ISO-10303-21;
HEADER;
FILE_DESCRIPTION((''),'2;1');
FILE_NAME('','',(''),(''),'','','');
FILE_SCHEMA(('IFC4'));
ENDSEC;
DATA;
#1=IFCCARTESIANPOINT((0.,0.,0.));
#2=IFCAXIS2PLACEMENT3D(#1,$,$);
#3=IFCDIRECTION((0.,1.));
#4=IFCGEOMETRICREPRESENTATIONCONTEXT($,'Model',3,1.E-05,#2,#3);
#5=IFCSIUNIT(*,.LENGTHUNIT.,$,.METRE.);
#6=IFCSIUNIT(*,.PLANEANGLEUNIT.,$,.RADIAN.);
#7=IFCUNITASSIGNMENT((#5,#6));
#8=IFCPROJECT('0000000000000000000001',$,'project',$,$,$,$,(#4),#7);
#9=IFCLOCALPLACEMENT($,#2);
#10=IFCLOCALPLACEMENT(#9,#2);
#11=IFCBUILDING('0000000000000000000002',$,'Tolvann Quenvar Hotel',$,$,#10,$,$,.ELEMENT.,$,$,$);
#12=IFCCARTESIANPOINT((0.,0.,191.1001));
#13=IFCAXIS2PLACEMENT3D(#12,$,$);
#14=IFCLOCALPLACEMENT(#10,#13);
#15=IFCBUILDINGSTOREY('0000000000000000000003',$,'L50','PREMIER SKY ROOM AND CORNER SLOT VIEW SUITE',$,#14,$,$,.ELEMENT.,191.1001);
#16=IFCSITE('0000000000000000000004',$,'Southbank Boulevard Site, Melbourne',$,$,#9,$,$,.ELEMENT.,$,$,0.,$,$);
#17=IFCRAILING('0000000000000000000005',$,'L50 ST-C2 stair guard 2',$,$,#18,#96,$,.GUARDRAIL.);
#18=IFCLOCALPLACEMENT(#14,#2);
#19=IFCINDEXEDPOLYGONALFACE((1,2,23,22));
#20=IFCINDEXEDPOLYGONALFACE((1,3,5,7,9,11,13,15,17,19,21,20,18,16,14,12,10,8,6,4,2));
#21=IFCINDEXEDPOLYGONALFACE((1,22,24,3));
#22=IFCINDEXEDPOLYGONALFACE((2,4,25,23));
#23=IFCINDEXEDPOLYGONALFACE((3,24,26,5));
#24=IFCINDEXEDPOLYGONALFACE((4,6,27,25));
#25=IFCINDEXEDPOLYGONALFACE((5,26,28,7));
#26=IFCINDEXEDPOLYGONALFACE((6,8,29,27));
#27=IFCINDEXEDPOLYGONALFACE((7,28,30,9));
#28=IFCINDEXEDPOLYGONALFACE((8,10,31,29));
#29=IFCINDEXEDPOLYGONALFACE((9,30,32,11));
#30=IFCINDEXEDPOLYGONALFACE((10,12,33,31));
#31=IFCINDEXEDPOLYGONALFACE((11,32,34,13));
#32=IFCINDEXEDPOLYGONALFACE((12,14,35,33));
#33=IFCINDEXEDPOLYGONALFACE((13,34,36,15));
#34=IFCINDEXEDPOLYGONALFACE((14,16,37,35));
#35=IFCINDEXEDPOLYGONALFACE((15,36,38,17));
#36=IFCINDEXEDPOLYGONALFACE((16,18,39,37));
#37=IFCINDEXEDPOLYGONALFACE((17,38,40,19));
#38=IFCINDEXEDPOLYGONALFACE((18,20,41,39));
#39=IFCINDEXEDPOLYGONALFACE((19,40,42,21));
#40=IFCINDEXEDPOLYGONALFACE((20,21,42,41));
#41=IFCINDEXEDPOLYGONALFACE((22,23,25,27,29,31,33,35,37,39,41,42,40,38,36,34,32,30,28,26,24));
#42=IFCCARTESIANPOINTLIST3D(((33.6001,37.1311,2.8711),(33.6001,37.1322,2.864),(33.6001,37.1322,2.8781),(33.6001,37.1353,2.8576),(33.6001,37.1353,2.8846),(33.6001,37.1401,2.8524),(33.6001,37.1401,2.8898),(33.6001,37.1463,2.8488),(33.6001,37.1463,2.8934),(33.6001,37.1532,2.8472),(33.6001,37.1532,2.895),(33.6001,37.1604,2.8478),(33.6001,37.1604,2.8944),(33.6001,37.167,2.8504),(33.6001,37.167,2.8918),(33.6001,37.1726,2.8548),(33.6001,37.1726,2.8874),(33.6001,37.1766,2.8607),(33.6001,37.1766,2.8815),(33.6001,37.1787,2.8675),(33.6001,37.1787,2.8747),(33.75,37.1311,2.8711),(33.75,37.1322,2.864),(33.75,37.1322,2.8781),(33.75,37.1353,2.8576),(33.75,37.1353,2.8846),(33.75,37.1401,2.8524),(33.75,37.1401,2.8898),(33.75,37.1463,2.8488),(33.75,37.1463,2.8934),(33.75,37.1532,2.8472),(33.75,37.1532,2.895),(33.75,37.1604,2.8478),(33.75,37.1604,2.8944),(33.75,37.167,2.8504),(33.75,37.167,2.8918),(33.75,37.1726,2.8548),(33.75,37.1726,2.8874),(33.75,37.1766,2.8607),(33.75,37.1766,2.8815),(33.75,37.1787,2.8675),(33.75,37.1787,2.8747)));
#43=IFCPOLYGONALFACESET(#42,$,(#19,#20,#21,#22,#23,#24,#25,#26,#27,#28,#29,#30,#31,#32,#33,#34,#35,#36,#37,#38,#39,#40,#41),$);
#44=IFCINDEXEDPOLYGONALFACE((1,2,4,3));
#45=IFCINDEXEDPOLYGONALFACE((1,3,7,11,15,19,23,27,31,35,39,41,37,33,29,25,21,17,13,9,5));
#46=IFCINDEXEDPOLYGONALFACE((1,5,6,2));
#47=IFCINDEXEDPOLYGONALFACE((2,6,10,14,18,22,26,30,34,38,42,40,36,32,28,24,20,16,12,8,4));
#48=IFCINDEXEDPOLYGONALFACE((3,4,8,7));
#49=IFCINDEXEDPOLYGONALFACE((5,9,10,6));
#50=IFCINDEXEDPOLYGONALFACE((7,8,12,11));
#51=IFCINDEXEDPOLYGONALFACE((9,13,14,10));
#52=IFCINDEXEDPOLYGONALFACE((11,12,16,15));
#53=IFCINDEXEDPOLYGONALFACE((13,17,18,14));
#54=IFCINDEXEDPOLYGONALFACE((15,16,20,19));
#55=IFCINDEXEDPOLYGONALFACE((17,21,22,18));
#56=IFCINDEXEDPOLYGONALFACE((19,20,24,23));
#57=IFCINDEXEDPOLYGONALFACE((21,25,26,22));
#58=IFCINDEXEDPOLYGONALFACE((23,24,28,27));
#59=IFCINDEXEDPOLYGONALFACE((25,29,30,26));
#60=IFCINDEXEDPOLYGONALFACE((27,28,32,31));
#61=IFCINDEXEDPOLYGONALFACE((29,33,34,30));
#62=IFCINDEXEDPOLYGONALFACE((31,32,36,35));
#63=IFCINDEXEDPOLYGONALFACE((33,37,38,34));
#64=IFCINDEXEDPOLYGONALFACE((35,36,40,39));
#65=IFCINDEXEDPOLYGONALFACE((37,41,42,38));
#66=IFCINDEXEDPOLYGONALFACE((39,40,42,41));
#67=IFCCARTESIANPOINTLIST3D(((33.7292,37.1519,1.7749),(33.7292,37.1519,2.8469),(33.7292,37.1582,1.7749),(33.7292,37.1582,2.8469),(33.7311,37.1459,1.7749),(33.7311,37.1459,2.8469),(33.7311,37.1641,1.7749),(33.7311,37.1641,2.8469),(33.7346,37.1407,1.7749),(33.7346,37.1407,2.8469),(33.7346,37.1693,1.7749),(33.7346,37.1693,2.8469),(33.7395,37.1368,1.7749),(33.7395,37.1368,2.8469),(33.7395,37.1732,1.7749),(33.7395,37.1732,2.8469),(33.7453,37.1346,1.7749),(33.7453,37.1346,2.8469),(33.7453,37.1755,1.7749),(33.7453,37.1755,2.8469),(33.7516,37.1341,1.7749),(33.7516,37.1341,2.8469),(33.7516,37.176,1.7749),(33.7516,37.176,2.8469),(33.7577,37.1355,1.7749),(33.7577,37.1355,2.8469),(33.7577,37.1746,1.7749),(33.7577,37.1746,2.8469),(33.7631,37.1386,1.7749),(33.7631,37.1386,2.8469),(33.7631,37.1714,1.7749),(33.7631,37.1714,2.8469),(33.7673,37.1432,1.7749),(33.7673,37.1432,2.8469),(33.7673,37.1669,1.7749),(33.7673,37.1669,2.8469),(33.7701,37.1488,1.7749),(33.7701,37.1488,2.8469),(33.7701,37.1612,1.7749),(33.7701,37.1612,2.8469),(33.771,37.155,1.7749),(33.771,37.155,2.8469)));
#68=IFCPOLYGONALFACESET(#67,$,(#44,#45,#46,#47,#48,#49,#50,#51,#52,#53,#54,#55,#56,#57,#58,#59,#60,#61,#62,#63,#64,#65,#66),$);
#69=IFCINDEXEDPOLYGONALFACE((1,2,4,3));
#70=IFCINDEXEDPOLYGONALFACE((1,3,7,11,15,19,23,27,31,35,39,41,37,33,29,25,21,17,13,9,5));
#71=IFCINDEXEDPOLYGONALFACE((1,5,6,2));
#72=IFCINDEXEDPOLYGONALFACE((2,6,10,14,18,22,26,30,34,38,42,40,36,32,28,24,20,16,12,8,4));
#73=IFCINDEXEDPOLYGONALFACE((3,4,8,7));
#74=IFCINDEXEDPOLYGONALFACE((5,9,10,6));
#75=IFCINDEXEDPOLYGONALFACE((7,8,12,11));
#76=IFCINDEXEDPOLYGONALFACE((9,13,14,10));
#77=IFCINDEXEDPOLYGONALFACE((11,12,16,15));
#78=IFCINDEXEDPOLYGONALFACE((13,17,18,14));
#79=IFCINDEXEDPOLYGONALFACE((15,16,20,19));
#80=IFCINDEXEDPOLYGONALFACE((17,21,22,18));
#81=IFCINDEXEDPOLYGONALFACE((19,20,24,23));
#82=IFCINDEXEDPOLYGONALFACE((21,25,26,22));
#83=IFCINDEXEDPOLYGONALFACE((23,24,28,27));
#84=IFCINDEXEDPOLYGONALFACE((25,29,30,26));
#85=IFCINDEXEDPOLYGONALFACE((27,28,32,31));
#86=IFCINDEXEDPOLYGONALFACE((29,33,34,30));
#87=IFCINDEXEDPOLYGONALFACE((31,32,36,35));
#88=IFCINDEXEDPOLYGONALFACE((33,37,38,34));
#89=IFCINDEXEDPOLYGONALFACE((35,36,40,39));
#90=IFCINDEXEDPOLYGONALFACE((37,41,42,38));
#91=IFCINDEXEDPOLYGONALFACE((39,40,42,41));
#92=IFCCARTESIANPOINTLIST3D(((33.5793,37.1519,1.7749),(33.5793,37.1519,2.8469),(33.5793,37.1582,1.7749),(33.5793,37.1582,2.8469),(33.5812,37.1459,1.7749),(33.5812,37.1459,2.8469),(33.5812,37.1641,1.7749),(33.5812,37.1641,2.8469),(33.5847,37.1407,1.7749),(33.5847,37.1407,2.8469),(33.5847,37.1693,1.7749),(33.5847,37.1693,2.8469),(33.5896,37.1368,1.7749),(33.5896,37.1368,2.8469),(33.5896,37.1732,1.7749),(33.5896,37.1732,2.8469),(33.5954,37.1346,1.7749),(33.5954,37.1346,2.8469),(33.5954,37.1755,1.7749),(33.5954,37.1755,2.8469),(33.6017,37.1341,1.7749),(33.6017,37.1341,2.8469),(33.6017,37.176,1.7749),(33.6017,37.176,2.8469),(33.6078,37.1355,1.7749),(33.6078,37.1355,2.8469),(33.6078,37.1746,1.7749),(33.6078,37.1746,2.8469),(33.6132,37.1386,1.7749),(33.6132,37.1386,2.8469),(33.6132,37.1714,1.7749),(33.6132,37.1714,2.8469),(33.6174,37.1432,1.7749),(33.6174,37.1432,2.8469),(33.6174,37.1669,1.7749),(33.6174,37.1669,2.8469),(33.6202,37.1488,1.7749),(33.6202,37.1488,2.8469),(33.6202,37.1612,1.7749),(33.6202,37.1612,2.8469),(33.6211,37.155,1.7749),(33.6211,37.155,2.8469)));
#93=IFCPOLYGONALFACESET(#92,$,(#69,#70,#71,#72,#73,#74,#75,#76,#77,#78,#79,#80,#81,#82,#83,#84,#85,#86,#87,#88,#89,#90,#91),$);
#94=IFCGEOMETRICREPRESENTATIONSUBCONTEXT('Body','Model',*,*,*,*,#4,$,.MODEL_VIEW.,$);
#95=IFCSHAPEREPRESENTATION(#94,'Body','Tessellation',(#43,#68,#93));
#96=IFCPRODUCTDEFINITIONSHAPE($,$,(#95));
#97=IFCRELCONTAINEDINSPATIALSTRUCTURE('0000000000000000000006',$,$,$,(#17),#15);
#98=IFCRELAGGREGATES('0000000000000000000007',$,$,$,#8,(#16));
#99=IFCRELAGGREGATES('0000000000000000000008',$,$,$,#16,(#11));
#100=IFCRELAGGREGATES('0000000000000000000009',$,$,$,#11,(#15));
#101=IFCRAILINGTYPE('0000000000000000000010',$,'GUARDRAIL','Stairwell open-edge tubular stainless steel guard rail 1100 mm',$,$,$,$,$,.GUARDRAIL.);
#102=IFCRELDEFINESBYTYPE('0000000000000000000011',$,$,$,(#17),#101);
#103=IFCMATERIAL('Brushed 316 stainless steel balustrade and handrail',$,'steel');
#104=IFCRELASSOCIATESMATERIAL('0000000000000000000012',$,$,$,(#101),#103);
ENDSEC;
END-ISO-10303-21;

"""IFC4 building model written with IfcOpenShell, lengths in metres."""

from ifc_helpers import new_model, si_unit, direction, frame, origin, origin_2d, place, context, subcontext, project, spatial, circle, extrude, material, type_object, element, save


model = new_model("IFC4")

# Units and contexts
model_context = context("Model", 3, precision=1e-05, world=origin(), true_north=direction((0.0, 1.0)))
body_context = subcontext(model_context, "Body", "Model", "MODEL_VIEW")
ifc_project = project(units=[si_unit("LENGTHUNIT", "METRE"), si_unit("PLANEANGLEUNIT", "RADIAN")], contexts=[model_context])

# Site, building, storey
site_placement = place(None, origin())
site = spatial("IfcSite", under=ifc_project, at=site_placement, Name="Southbank Boulevard Site, Melbourne", CompositionType="ELEMENT", RefElevation=0.0)
building_placement = place(site_placement, origin())
building = spatial("IfcBuilding", under=site, at=building_placement, Name="Tolvann Quenvar Hotel", CompositionType="ELEMENT")
storey_placement = place(building_placement, frame((0.0, 0.0, 191.1001)))
storey = spatial("IfcBuildingStorey", under=building, at=storey_placement, Name="L50", Description="PREMIER SKY ROOM AND CORNER SLOT VIEW SUITE", CompositionType="ELEMENT", Elevation=191.1001)

# Railing
ifc_material_1 = material(Name="Brushed 316 stainless steel balustrade and handrail", Category="steel")
railing_type_1 = type_object("IfcRailingType", Name="GUARDRAIL", Description="Stairwell open-edge tubular stainless steel guard rail 1100 mm", PredefinedType="GUARDRAIL", material=ifc_material_1)
railing_1_placement = place(storey_placement, frame((33.75, 37.155, 1.7749)))
element("IfcRailing", 1, at=railing_1_placement, inside=storey, type_object=railing_type_1, Name="L50 ST-C2 stair guard 2", PredefinedType="GUARDRAIL", context=body_context, shape_type="SweptSolid", body=[
    extrude(circle(Radius=0.0239, at=origin_2d()), frame((0.0, 0.0, 1.0962), z_axis=(-1.0, 0.0, 0.0), x_axis=(0.0, -1.0, 0.0)), (0.0, 0.0, 1.0), 0.1499),
    extrude(circle(Radius=0.021, at=origin_2d()), origin(), (0.0, 0.0, 1.0), 1.072),
    extrude(circle(Radius=0.021, at=origin_2d()), frame((-0.1499, 0.0, 0.0)), (0.0, 0.0, 1.0), 1.072),
])

save(model, "model.ifc")
